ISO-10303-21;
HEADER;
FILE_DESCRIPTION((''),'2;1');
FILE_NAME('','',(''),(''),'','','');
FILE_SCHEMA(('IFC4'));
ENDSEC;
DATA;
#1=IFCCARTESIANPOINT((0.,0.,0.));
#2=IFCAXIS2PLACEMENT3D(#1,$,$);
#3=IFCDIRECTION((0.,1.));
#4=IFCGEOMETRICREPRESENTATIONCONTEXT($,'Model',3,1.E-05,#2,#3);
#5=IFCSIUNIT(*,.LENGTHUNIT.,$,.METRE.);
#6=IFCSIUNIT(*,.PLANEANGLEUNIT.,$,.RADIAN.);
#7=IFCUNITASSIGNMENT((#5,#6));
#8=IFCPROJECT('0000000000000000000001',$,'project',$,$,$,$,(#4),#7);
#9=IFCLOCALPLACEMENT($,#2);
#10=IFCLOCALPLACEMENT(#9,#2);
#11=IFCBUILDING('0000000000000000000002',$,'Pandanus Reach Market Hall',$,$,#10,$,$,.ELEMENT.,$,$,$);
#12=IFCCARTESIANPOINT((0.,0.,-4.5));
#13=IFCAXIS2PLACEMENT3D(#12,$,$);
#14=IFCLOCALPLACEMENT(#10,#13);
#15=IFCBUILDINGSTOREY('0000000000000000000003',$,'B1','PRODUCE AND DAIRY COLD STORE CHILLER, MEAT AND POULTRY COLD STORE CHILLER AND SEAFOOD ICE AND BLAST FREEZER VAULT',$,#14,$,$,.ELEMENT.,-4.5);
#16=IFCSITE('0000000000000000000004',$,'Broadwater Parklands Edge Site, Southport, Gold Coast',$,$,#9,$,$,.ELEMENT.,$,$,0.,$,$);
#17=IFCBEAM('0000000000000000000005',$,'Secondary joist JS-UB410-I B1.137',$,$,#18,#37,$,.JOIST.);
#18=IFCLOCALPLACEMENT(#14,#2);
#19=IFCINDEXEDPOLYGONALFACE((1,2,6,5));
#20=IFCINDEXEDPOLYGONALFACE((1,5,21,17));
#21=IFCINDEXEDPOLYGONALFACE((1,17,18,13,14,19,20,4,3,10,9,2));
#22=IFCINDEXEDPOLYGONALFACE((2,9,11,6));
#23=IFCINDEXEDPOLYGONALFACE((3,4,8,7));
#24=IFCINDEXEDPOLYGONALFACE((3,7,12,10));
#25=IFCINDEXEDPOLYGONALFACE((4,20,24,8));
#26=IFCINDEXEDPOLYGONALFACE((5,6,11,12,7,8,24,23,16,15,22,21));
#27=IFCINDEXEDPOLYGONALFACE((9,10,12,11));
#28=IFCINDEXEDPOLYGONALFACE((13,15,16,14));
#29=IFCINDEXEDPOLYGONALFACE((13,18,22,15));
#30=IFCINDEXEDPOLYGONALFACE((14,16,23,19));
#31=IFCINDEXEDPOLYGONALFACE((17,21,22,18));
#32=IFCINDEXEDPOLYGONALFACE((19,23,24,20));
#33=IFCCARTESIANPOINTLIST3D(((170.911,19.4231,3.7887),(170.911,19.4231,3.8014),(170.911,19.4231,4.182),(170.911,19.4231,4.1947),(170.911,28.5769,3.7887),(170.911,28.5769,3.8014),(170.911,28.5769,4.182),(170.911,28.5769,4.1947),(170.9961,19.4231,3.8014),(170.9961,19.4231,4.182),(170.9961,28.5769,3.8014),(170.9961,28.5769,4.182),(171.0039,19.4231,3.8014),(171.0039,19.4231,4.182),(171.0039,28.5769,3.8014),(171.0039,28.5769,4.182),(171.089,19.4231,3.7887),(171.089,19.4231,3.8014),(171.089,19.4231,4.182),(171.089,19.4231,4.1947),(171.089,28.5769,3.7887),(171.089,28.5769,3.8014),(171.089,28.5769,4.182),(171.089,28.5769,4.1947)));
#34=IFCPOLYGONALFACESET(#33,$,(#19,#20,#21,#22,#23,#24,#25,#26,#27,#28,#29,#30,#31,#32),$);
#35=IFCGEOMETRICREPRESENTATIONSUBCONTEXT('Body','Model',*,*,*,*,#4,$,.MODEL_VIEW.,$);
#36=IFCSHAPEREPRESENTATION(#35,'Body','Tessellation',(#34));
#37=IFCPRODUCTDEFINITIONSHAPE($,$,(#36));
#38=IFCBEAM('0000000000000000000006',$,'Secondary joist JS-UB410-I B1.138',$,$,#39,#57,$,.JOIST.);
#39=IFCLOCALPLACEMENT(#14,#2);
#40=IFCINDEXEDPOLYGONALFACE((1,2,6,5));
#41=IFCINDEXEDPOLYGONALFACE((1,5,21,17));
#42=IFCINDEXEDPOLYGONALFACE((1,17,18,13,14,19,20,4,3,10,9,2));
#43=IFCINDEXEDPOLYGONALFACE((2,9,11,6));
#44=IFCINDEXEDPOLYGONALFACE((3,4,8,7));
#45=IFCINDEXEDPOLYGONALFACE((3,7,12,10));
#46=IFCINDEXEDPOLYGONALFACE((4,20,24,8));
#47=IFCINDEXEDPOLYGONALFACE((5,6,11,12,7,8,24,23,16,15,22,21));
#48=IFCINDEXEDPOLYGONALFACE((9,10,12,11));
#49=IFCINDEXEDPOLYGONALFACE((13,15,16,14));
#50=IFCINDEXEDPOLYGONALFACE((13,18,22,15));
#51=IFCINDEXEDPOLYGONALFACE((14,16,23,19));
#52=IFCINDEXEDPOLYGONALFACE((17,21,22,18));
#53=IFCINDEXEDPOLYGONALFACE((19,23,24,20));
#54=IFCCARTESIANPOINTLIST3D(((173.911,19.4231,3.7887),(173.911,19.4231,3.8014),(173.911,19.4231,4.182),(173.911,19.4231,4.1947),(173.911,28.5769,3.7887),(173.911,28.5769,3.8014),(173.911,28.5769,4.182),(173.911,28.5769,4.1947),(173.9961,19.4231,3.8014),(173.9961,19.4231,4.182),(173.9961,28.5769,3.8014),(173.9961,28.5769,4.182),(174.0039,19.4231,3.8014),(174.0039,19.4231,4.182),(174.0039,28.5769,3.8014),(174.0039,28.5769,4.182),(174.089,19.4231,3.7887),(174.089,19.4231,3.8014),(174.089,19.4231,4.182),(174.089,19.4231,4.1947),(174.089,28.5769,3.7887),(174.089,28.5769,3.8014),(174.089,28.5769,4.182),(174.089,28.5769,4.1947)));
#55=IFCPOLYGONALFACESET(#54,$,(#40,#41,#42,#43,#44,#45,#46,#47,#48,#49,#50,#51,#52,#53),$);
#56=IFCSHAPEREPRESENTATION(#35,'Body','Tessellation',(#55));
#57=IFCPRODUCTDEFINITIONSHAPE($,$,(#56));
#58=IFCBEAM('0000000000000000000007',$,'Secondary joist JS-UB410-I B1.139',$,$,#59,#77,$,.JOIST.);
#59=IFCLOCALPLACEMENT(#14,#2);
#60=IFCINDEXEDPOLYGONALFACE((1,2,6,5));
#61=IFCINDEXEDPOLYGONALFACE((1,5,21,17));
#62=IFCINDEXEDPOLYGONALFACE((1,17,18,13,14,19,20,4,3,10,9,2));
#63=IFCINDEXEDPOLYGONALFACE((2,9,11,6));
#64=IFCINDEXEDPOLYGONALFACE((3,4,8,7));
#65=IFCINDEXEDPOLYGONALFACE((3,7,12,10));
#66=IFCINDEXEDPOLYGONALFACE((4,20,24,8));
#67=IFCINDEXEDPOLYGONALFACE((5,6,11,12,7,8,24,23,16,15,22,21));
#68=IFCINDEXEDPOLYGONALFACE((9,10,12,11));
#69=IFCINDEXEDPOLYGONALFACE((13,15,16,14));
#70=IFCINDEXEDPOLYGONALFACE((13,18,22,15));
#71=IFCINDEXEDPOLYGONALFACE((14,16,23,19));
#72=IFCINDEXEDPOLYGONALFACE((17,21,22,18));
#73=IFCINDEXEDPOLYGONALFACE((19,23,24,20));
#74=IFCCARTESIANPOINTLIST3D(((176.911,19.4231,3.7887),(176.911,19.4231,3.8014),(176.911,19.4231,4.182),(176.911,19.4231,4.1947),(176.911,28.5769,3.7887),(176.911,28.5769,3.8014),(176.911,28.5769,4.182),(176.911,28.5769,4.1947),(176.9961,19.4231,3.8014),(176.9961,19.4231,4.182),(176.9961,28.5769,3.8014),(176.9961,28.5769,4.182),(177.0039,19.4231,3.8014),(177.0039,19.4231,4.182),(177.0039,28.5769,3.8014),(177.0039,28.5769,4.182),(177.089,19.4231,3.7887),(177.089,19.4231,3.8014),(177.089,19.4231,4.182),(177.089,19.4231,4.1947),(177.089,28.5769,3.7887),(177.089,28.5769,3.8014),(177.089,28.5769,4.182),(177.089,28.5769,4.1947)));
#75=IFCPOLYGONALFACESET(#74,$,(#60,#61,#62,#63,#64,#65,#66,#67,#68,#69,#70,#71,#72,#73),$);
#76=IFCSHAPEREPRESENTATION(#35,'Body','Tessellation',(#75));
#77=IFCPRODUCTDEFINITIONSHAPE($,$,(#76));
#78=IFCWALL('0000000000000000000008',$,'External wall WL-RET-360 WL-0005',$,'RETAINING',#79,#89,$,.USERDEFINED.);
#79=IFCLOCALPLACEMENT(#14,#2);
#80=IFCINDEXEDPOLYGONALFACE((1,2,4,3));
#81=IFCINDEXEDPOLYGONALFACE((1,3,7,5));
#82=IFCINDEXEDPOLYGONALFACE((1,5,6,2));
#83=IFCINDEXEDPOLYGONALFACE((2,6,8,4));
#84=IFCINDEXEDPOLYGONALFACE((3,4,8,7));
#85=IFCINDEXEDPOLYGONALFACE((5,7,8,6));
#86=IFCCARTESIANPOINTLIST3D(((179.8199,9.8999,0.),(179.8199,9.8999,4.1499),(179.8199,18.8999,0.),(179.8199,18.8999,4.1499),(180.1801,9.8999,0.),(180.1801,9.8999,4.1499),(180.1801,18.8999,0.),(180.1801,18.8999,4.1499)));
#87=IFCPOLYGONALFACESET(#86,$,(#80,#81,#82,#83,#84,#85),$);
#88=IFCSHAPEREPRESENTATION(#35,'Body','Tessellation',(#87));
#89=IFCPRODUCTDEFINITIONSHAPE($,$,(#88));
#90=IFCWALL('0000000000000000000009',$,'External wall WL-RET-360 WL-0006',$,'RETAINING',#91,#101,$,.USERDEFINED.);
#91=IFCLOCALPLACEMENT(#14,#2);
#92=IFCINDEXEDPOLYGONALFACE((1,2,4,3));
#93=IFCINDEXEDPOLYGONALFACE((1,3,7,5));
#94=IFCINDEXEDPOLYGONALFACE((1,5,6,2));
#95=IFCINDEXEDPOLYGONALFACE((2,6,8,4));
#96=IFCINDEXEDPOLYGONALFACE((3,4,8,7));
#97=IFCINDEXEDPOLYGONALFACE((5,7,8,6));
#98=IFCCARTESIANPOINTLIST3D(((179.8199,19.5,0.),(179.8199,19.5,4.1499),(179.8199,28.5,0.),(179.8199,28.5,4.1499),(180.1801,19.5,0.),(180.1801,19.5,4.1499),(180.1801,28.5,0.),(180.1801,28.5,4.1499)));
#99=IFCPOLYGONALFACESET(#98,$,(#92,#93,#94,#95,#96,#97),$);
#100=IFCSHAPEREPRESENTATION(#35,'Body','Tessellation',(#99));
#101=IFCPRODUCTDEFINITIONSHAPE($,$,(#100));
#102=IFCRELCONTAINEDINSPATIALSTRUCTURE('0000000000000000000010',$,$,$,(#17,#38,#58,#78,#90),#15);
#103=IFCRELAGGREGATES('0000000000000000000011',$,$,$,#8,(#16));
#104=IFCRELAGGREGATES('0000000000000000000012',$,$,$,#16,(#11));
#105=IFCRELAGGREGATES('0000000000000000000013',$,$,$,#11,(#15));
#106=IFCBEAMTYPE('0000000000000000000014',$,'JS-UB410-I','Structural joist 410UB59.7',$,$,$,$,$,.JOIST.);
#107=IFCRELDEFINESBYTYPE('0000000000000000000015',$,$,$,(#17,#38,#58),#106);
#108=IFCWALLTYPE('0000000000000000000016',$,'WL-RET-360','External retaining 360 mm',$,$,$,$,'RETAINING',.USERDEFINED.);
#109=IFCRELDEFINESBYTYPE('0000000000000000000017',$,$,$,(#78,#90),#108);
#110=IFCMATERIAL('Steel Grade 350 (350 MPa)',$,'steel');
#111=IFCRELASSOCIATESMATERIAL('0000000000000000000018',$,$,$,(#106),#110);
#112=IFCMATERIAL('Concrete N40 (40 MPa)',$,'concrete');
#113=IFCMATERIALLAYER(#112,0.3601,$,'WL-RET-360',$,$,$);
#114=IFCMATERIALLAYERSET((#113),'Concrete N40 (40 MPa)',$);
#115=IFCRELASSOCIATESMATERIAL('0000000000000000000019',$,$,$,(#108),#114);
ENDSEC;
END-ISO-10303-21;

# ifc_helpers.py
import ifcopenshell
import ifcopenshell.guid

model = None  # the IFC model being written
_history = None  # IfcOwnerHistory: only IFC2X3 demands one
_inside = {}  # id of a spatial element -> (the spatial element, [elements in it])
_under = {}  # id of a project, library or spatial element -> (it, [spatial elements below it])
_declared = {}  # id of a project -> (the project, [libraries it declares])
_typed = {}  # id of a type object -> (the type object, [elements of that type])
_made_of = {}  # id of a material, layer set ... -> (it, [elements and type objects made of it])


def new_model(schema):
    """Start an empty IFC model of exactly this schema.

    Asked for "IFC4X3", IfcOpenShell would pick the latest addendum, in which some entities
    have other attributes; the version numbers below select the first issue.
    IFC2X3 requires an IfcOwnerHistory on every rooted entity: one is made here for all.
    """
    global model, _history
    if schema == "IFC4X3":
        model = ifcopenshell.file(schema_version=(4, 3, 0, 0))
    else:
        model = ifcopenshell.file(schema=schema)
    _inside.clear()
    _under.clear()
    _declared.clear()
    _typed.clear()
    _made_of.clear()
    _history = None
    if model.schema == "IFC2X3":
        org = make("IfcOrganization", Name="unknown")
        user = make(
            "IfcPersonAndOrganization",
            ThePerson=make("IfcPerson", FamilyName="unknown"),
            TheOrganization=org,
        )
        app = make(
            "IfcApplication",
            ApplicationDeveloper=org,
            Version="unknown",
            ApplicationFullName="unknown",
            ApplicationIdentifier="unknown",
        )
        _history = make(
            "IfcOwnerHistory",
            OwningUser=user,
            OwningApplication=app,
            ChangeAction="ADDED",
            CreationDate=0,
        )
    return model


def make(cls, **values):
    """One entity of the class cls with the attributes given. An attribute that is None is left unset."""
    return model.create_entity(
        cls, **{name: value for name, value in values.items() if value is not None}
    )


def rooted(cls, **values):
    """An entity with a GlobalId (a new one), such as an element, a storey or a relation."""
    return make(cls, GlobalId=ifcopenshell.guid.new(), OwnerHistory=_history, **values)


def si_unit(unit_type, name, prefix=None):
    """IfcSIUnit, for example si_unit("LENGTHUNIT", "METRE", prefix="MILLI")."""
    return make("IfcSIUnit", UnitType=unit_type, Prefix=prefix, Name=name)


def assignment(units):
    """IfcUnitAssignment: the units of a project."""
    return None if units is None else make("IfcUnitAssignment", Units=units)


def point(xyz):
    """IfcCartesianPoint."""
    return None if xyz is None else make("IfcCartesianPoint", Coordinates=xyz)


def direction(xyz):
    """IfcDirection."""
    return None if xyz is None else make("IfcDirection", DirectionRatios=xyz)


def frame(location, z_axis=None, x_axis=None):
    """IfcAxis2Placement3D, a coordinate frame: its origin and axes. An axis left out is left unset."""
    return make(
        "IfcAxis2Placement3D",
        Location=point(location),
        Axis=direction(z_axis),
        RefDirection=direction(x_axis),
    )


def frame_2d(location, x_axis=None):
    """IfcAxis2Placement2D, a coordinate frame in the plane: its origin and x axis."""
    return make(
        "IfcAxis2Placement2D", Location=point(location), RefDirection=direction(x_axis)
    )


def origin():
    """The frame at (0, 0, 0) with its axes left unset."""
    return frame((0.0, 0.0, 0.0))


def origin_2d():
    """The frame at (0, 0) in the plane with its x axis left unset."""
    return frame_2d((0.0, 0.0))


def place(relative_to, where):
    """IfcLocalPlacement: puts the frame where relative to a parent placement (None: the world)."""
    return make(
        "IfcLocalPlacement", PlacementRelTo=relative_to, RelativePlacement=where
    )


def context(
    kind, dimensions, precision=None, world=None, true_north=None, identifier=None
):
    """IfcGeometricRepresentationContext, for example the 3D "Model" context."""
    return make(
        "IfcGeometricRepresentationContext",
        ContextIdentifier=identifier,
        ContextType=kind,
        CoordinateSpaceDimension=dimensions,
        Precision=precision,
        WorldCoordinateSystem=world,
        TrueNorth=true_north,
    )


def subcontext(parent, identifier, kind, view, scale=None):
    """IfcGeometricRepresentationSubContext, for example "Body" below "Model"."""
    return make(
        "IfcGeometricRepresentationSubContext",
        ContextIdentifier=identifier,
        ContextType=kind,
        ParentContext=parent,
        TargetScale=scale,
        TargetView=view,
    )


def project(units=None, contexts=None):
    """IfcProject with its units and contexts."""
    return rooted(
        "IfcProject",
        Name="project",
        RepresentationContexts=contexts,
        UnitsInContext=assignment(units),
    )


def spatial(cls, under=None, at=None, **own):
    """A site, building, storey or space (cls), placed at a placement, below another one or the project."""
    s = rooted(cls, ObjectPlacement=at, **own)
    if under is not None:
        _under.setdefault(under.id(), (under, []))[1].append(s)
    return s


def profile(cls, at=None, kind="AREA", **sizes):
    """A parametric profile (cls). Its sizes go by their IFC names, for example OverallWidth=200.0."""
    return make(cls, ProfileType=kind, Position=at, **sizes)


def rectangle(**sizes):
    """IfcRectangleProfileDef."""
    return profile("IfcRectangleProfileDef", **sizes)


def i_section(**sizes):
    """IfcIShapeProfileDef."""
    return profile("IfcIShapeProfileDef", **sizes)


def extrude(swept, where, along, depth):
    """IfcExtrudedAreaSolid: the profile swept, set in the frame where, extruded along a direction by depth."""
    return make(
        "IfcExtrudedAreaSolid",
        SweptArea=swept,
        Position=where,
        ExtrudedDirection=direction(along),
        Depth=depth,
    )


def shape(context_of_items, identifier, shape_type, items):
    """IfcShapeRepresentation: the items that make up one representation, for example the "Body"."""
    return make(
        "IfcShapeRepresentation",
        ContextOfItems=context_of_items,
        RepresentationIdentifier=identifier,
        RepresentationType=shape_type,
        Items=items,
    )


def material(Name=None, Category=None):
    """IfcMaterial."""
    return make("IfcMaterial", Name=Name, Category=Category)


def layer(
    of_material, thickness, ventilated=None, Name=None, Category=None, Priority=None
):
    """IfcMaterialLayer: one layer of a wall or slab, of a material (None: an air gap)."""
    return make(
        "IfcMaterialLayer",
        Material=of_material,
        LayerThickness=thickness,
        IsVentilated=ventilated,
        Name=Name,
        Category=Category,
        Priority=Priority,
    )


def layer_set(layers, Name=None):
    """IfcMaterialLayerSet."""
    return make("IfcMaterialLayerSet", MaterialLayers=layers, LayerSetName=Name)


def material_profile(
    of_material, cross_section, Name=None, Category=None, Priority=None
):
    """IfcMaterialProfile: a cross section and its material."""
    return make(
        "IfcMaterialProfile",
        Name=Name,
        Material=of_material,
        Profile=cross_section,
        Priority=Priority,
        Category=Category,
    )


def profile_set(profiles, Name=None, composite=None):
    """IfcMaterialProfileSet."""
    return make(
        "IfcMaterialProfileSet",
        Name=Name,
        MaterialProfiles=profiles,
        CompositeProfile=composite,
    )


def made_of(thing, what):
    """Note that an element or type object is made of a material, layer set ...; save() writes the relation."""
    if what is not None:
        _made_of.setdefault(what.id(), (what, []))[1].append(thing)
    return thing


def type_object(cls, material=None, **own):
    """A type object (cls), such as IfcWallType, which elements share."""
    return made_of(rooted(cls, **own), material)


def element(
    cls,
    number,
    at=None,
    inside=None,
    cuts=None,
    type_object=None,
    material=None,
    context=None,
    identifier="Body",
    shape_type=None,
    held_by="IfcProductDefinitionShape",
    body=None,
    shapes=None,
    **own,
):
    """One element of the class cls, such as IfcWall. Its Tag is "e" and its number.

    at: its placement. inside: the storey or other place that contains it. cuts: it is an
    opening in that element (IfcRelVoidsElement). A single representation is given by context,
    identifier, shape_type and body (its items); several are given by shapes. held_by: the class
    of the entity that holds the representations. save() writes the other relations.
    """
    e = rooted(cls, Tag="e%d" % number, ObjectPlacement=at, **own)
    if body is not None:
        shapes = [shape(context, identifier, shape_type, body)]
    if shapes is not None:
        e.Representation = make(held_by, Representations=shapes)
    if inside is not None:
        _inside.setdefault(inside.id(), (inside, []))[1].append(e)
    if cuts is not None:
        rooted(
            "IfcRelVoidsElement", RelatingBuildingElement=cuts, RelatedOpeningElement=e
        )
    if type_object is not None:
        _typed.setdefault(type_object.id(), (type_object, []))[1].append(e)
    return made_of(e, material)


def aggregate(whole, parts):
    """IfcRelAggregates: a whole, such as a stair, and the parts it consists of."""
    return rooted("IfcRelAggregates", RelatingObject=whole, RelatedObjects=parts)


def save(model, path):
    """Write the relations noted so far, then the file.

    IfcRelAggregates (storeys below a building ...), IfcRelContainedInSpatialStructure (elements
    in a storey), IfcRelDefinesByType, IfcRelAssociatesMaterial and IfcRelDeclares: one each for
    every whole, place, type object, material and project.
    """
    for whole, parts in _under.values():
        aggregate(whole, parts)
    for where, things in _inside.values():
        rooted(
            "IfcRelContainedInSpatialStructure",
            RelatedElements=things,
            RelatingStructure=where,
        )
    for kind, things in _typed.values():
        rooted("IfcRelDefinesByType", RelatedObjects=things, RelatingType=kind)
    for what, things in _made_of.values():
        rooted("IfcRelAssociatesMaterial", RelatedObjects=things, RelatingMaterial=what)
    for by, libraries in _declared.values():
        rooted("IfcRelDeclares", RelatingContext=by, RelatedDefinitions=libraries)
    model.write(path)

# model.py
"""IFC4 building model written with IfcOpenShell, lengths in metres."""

from ifc_helpers import new_model, si_unit, direction, frame, frame_2d, origin, origin_2d, place, context, subcontext, project, spatial, rectangle, i_section, extrude, material, layer, layer_set, material_profile, profile_set, type_object, element, save


model = new_model("IFC4")

# Units and contexts
model_context = context("Model", 3, precision=1e-05, world=origin(), true_north=direction((0.0, 1.0)))
body_context = subcontext(model_context, "Body", "Model", "MODEL_VIEW")
ifc_project = project(units=[si_unit("LENGTHUNIT", "METRE"), si_unit("PLANEANGLEUNIT", "RADIAN")], contexts=[model_context])

# Site, building, storey
site_placement = place(None, origin())
site = spatial("IfcSite", under=ifc_project, at=site_placement, Name="Broadwater Parklands Edge Site, Southport, Gold Coast", CompositionType="ELEMENT", RefElevation=0.0)
building_placement = place(site_placement, origin())
building = spatial("IfcBuilding", under=site, at=building_placement, Name="Pandanus Reach Market Hall", CompositionType="ELEMENT")
storey_placement = place(building_placement, frame((0.0, 0.0, -4.5)))
storey = spatial("IfcBuildingStorey", under=building, at=storey_placement, Name="B1", Description="PRODUCE AND DAIRY COLD STORE CHILLER, MEAT AND POULTRY COLD STORE CHILLER AND SEAFOOD ICE AND BLAST FREEZER VAULT", CompositionType="ELEMENT", Elevation=-4.5)

# Shared definitions
ifc_material_1 = material(Name="Concrete N40 (40 MPa)", Category="concrete")

# Beams
ifc_material_2 = material(Name="Steel Grade 350 (350 MPa)", Category="steel")
ifc_material_profile_1 = material_profile(ifc_material_2, i_section(OverallWidth=0.178, OverallDepth=0.406, WebThickness=0.0078, FlangeThickness=0.0127, at=origin_2d()), Name="410UB59.7", Category="LoadBearing")
ifc_profile_set_1 = profile_set([ifc_material_profile_1], Name="Steel Grade 350 (350 MPa)")
beam_type_1 = type_object("IfcBeamType", Name="JS-UB410-I", Description="Structural joist 410UB59.7", PredefinedType="JOIST", material=ifc_profile_set_1)
for number, where, z_axis, x_axis, name in (
    (1, (171.0, 19.4231, 3.9917), (0.0, 1.0, 0.0), (-1.0, 0.0, 0.0), "Secondary joist JS-UB410-I B1.137"),
    (2, (174.0, 19.4231, 3.9917), (0.0, 1.0, 0.0), (-1.0, 0.0, 0.0), "Secondary joist JS-UB410-I B1.138"),
    (3, (177.0, 19.4231, 3.9917), (0.0, 1.0, 0.0), (-1.0, 0.0, 0.0), "Secondary joist JS-UB410-I B1.139"),
):
    element("IfcBeam", number, at=place(storey_placement, frame(where, z_axis=z_axis, x_axis=x_axis)), inside=storey, type_object=beam_type_1, Name=name, PredefinedType="JOIST", context=body_context, shape_type="SweptSolid", body=[
        extrude(i_section(OverallWidth=0.178, OverallDepth=0.406, WebThickness=0.0078, FlangeThickness=0.0127, at=origin_2d()), origin(), (0.0, 0.0, 1.0), 9.1538),
    ])

# Walls
ifc_layer = layer(ifc_material_1, 0.3601, Name="WL-RET-360")
ifc_layer_set = layer_set([ifc_layer], Name="Concrete N40 (40 MPa)")
wall_type = type_object("IfcWallType", Name="WL-RET-360", Description="External retaining 360 mm", ElementType="RETAINING", PredefinedType="USERDEFINED", material=ifc_layer_set)
for number, where, z_axis, x_axis, name in (
    (4, (180.0, 9.8999, 0.0), (0.0, 0.0, 1.0), (0.0, 1.0, 0.0), "External wall WL-RET-360 WL-0005"),
    (5, (180.0, 19.5, 0.0), (0.0, 0.0, 1.0), (0.0, 1.0, 0.0), "External wall WL-RET-360 WL-0006"),
):
    element("IfcWall", number, at=place(storey_placement, frame(where, z_axis=z_axis, x_axis=x_axis)), inside=storey, type_object=wall_type, Name=name, ObjectType="RETAINING", PredefinedType="USERDEFINED", context=body_context, shape_type="SweptSolid", body=[
        extrude(rectangle(XDim=9.0, YDim=0.3601, at=frame_2d((4.5, 0.0))), origin(), (0.0, 0.0, 1.0), 4.1499),
    ])

save(model, "model.ifc")
